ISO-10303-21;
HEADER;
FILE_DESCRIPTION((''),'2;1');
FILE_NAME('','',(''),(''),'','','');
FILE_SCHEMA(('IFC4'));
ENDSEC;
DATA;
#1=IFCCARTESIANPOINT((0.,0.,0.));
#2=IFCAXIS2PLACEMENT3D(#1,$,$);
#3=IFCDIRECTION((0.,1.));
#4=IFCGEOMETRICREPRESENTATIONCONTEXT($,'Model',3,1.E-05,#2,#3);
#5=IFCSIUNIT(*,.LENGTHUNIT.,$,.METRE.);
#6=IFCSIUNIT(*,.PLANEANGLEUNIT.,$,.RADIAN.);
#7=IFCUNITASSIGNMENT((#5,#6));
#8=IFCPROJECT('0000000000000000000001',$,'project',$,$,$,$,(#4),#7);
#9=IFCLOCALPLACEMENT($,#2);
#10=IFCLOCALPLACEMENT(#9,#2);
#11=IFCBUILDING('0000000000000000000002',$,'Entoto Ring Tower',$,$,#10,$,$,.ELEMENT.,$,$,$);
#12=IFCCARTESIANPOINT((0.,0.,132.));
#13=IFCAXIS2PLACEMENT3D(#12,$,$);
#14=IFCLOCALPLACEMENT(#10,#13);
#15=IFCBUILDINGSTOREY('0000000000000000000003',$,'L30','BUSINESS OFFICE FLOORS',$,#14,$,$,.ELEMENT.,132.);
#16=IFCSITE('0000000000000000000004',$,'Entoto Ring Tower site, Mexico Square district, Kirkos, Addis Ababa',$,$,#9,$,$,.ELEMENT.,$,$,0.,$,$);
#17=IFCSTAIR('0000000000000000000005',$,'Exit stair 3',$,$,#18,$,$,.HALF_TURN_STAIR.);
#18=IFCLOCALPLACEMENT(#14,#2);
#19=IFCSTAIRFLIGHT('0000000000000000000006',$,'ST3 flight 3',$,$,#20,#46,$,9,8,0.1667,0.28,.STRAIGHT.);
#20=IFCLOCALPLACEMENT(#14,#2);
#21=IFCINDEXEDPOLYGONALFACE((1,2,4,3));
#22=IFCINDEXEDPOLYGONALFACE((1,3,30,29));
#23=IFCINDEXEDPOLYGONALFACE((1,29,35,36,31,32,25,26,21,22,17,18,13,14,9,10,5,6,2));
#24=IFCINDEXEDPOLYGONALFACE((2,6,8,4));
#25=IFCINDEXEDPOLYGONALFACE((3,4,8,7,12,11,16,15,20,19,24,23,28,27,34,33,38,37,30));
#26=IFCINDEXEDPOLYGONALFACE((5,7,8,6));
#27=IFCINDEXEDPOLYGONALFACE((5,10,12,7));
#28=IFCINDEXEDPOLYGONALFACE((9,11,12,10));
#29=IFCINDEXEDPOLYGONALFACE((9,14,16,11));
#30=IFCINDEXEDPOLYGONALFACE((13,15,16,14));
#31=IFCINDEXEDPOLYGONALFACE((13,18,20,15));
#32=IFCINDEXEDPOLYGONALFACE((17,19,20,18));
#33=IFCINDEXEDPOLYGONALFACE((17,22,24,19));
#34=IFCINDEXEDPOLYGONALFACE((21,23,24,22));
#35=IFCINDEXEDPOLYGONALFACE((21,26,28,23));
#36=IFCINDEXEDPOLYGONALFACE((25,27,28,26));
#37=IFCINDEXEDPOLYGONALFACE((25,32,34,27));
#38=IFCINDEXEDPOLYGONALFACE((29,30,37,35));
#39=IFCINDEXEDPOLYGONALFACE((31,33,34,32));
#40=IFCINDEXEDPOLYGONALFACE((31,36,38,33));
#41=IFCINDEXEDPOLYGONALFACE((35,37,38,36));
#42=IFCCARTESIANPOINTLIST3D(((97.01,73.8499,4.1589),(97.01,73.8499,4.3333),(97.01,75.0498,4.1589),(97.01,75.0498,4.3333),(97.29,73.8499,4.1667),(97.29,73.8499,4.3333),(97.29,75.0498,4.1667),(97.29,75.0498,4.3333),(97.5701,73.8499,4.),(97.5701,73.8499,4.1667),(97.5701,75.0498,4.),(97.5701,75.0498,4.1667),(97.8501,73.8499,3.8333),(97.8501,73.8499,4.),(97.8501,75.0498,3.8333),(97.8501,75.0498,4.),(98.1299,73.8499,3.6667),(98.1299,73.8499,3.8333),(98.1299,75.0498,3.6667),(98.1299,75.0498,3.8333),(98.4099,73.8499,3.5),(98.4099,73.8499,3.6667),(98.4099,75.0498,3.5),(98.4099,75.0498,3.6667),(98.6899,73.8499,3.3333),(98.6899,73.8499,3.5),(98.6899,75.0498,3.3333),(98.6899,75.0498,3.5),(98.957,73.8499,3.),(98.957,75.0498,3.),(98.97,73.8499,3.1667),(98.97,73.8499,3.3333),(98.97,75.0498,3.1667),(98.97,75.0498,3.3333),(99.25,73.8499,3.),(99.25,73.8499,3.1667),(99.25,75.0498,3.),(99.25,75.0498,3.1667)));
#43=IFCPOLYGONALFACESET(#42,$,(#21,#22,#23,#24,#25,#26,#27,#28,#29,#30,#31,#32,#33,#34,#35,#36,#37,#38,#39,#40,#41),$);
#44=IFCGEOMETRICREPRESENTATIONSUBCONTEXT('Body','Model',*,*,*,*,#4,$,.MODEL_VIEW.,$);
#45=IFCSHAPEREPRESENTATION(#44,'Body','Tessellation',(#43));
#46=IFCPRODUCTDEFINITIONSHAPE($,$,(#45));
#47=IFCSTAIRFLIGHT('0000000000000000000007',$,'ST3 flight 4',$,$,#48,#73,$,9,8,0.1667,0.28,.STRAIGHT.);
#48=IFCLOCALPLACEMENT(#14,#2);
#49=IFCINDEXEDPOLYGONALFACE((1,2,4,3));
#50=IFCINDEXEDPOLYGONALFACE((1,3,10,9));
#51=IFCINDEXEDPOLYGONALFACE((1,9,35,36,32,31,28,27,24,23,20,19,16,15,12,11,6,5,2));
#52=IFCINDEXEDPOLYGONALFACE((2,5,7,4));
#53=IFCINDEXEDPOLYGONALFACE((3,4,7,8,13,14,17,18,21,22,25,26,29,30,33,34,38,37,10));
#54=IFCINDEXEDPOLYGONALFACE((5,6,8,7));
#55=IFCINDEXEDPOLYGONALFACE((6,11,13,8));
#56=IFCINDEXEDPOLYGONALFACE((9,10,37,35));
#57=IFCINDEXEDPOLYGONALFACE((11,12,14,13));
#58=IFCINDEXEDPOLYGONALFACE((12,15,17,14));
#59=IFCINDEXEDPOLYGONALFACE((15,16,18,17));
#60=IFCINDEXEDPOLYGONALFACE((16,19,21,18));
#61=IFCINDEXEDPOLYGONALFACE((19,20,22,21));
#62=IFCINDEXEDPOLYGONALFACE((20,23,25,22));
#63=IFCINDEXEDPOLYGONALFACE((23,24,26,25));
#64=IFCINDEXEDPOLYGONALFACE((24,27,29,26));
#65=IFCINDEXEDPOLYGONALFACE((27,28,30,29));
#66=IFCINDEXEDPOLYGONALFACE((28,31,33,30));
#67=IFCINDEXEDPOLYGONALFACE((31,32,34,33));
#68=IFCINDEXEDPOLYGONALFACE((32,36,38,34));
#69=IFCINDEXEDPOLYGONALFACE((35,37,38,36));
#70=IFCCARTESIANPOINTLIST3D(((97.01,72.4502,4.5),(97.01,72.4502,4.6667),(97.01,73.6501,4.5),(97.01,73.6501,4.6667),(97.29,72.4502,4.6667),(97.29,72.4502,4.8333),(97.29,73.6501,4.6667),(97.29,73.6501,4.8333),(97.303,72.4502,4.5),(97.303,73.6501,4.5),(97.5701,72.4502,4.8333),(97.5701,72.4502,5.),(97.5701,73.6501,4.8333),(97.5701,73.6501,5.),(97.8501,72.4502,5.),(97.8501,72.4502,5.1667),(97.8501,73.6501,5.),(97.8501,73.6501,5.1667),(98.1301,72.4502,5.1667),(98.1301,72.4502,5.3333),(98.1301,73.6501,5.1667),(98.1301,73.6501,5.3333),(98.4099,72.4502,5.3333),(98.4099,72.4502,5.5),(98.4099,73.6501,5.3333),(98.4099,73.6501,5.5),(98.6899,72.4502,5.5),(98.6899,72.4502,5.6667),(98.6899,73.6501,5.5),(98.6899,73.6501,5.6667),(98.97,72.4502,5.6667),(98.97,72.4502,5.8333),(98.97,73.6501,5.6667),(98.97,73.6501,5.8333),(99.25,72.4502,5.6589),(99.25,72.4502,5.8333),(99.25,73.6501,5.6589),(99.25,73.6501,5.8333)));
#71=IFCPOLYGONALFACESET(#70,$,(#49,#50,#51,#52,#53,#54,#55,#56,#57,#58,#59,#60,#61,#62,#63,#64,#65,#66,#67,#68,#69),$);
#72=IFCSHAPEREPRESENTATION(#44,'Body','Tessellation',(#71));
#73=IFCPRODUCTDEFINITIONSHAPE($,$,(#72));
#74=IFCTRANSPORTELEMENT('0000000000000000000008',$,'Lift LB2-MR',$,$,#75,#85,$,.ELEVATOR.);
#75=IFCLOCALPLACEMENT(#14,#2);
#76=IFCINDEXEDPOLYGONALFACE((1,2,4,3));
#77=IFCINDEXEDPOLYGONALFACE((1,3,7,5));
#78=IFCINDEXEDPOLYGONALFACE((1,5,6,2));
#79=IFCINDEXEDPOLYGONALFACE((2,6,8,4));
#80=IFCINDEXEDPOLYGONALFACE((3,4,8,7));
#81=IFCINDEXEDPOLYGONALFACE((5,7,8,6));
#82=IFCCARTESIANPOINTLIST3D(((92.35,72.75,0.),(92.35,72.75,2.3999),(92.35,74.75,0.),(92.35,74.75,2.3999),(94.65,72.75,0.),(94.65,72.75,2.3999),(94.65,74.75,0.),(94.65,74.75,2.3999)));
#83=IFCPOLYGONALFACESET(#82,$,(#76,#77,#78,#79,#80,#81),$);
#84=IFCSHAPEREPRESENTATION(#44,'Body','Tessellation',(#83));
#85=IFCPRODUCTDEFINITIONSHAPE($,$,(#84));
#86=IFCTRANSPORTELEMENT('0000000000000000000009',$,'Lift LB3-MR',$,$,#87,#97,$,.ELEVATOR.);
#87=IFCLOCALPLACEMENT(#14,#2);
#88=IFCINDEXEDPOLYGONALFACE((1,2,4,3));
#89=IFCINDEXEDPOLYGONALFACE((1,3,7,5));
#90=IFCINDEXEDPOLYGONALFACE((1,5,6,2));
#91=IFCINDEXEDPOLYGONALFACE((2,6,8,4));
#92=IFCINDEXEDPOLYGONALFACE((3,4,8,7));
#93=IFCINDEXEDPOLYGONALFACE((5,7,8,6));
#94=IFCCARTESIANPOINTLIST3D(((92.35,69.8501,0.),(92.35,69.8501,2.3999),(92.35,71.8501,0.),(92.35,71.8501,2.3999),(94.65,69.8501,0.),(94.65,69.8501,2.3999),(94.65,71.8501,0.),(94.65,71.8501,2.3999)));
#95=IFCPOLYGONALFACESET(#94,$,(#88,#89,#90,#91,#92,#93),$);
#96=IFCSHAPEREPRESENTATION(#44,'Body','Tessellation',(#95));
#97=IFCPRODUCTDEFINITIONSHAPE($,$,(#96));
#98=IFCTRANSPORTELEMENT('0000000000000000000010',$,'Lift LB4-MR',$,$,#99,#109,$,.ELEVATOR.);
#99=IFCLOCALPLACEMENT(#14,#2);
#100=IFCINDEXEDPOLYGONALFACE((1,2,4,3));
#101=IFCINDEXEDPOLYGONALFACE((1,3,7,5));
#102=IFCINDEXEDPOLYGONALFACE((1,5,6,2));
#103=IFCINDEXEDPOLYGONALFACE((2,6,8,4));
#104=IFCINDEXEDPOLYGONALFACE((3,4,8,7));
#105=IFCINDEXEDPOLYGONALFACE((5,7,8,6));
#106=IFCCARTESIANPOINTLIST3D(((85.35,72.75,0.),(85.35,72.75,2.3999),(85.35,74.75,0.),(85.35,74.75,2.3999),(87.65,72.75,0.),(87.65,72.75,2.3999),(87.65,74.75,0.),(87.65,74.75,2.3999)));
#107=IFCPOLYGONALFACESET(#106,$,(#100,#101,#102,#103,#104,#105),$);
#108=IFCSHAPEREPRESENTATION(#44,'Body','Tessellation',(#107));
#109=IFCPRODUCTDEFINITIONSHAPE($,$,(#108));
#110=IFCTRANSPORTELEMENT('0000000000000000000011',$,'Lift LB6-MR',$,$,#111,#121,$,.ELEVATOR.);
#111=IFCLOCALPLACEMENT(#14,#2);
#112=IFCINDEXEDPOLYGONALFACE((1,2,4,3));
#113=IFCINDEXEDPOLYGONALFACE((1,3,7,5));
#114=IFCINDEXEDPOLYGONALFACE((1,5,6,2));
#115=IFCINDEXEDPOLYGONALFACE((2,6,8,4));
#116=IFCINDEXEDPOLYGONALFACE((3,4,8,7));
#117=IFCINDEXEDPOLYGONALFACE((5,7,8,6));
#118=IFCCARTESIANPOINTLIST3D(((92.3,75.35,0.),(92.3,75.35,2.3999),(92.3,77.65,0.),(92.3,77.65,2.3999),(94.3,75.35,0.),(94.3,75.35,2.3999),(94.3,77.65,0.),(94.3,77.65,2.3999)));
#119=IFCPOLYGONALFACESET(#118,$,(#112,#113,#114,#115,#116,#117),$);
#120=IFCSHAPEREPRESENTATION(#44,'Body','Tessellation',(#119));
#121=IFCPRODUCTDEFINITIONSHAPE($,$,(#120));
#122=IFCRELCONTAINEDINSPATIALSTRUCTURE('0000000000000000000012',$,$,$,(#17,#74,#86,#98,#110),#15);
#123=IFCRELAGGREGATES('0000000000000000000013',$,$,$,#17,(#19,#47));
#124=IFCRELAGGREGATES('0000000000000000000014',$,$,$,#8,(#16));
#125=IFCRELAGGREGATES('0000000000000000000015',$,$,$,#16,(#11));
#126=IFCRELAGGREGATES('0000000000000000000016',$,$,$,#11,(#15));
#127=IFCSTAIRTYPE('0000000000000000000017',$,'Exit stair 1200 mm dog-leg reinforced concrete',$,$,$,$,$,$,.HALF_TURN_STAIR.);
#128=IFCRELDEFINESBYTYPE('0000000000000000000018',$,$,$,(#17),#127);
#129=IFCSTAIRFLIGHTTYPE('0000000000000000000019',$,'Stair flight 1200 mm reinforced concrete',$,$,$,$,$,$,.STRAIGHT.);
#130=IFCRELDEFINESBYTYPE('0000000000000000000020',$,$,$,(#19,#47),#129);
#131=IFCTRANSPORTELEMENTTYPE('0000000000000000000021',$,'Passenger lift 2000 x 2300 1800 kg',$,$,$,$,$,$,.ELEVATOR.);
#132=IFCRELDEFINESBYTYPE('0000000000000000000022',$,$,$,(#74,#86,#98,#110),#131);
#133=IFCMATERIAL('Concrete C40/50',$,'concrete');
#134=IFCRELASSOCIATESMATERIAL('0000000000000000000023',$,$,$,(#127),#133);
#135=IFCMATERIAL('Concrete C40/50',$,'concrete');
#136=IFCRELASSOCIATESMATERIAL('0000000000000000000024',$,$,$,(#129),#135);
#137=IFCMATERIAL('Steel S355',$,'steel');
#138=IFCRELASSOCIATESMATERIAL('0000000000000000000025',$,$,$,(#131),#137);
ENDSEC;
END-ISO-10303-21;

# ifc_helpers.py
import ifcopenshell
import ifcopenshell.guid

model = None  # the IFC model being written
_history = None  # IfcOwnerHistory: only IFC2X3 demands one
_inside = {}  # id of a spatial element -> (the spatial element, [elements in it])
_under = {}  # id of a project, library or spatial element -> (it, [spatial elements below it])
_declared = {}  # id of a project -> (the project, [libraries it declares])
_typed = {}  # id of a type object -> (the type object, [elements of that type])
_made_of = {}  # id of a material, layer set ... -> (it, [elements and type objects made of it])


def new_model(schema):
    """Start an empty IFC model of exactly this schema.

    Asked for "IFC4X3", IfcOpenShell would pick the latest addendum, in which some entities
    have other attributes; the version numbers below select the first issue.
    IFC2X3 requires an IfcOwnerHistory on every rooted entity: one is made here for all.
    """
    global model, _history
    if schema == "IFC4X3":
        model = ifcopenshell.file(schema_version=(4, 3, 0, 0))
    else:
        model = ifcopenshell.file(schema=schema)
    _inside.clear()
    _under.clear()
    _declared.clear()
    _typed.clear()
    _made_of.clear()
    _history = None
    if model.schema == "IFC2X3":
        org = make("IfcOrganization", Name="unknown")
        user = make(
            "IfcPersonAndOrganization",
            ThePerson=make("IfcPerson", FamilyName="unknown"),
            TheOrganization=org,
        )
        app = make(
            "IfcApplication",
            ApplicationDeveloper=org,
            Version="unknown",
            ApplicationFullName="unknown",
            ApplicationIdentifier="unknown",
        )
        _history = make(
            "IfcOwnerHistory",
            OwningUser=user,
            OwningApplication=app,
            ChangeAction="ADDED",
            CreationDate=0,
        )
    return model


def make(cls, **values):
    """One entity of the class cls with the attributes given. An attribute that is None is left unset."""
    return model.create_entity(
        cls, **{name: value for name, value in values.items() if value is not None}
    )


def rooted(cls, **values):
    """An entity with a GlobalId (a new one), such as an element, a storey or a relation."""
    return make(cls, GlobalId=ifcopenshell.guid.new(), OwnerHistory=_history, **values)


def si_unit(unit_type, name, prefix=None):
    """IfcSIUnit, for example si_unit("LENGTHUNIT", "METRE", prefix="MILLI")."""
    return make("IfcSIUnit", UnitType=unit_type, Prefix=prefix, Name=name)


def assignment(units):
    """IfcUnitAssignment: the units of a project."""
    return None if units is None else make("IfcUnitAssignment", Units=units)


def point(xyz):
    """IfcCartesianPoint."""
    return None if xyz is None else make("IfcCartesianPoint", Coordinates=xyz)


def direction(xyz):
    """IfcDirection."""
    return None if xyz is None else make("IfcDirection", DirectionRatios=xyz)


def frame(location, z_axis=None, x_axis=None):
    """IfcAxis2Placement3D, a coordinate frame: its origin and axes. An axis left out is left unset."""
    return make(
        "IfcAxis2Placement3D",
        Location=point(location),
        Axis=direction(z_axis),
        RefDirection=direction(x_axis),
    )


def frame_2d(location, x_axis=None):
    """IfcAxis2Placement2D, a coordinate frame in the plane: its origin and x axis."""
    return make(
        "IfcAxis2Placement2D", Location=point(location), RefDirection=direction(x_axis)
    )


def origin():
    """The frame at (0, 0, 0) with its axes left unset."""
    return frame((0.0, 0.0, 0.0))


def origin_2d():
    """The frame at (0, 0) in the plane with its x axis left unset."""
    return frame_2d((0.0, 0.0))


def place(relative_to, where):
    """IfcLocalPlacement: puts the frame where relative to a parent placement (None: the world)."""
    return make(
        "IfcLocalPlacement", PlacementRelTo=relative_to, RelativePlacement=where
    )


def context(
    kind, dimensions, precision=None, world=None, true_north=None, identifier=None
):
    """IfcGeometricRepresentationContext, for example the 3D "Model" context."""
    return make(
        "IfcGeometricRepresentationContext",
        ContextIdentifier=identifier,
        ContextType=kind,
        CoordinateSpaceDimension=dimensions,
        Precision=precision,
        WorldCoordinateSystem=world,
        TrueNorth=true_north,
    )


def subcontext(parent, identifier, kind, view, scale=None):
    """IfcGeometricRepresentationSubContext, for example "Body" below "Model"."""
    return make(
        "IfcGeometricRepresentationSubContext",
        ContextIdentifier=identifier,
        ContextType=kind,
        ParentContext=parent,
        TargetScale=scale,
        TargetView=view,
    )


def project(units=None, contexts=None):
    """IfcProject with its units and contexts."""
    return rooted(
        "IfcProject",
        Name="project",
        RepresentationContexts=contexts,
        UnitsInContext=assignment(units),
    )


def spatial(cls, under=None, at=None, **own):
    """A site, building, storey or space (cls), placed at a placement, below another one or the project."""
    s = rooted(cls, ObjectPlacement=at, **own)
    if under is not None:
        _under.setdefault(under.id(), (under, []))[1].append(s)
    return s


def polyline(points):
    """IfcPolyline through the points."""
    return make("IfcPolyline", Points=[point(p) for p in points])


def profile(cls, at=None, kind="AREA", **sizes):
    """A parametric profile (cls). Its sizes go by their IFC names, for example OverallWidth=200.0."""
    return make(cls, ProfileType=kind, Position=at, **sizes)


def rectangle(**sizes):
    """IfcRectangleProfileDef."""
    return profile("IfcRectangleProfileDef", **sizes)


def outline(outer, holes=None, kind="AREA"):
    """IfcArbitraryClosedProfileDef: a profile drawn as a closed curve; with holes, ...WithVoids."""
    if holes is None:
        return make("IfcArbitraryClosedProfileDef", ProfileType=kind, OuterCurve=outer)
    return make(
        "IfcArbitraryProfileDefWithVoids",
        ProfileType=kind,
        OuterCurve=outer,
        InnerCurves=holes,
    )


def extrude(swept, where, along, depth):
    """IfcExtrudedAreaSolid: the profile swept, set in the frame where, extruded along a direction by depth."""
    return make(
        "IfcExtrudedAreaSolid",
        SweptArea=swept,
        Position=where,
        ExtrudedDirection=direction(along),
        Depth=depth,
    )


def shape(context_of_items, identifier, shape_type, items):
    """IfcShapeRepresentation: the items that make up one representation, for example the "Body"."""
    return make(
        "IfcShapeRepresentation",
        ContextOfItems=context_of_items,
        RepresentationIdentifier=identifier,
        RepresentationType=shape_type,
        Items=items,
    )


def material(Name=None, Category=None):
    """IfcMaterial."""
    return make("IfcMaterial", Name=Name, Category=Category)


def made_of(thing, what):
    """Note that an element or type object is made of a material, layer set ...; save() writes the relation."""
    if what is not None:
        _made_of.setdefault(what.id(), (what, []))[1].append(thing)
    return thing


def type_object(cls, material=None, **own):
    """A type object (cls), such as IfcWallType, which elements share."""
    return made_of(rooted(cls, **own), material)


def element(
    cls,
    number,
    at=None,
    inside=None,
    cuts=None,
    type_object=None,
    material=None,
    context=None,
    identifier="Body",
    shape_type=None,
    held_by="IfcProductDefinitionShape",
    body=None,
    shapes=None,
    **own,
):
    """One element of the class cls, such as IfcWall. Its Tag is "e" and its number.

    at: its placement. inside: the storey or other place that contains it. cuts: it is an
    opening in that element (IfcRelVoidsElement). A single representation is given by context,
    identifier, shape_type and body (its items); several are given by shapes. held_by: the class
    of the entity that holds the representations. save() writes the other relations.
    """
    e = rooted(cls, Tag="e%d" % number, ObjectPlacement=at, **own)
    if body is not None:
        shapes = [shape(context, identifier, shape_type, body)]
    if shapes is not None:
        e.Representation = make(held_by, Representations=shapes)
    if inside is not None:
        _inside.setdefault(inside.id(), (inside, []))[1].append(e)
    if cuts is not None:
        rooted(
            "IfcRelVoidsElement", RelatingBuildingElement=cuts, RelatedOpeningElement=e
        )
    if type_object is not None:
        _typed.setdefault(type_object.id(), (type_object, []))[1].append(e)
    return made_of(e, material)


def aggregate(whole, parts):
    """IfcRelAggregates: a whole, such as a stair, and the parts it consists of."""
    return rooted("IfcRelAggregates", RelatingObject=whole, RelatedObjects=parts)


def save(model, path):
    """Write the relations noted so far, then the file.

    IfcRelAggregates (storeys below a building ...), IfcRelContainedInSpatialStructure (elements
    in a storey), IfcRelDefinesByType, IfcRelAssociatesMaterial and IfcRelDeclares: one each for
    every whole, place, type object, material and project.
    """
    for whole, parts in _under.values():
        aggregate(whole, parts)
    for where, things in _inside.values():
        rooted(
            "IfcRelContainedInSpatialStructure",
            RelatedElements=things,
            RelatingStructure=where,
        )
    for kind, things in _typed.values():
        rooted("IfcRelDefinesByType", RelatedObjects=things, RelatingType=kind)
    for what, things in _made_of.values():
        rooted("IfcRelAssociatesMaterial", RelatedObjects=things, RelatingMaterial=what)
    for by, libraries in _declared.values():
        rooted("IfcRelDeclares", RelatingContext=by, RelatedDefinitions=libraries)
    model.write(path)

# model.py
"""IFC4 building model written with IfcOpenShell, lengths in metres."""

from ifc_helpers import new_model, si_unit, direction, frame, origin, origin_2d, place, context, subcontext, project, spatial, polyline, rectangle, outline, extrude, material, type_object, element, aggregate, save


model = new_model("IFC4")

# Units and contexts
model_context = context("Model", 3, precision=1e-05, world=origin(), true_north=direction((0.0, 1.0)))
body_context = subcontext(model_context, "Body", "Model", "MODEL_VIEW")
ifc_project = project(units=[si_unit("LENGTHUNIT", "METRE"), si_unit("PLANEANGLEUNIT", "RADIAN")], contexts=[model_context])

# Site, building, storey
site_placement = place(None, origin())
site = spatial("IfcSite", under=ifc_project, at=site_placement, Name="Entoto Ring Tower site, Mexico Square district, Kirkos, Addis Ababa", CompositionType="ELEMENT", RefElevation=0.0)
building_placement = place(site_placement, origin())
building = spatial("IfcBuilding", under=site, at=building_placement, Name="Entoto Ring Tower", CompositionType="ELEMENT")
storey_placement = place(building_placement, frame((0.0, 0.0, 132.0)))
storey = spatial("IfcBuildingStorey", under=building, at=storey_placement, Name="L30", Description="BUSINESS OFFICE FLOORS", CompositionType="ELEMENT", Elevation=132.0)

# Stair, stair flights
ifc_material_1 = material(Name="Concrete C40/50", Category="concrete")
stair_type = type_object("IfcStairType", Name="Exit stair 1200 mm dog-leg reinforced concrete", PredefinedType="HALF_TURN_STAIR", material=ifc_material_1)
stair_placement = place(storey_placement, origin())
stair = element("IfcStair", 1, at=stair_placement, inside=storey, type_object=stair_type, Name="Exit stair 3", PredefinedType="HALF_TURN_STAIR")
ifc_material_2 = material(Name="Concrete C40/50", Category="concrete")
stair_flight_type = type_object("IfcStairFlightType", Name="Stair flight 1200 mm reinforced concrete", PredefinedType="STRAIGHT", material=ifc_material_2)
stair_flight_1_placement = place(storey_placement, frame((99.25, 74.45, 3.0), z_axis=(0.0, 0.0, 1.0), x_axis=(-1.0, 0.0, 0.0)))
stair_flight_1 = element("IfcStairFlight", 2, at=stair_flight_1_placement, type_object=stair_flight_type, Name="ST3 flight 3", NumberOfRisers=9, NumberOfTreads=8, PredefinedType="STRAIGHT", RiserHeight=0.1667, TreadLength=0.28, context=body_context, shape_type="SweptSolid", body=[
    extrude(outline(polyline([(0.0, 0.0), (0.0, 0.1667), (0.28, 0.1667), (0.28, 0.3333), (0.5601, 0.3333), (0.5601, 0.5), (0.8401, 0.5), (0.8401, 0.6667), (1.1201, 0.6667), (1.1201, 0.8333), (1.3999, 0.8333), (1.3999, 1.0), (1.6799, 1.0), (1.6799, 1.1667), (1.96, 1.1667), (1.96, 1.3333), (2.24, 1.3333), (2.24, 1.5), (2.24, 1.1589), (0.293, 0.0), (0.0, 0.0)])), frame((0.0, 0.6001, 0.0), z_axis=(0.0, -1.0, 0.0), x_axis=(1.0, 0.0, 0.0)), (0.0, 0.0, 1.0), 1.2),
])
stair_flight_2_placement = place(storey_placement, frame((97.01, 73.05, 4.5), z_axis=(0.0, 0.0, 1.0), x_axis=(1.0, 0.0, 0.0)))
stair_flight_2 = element("IfcStairFlight", 3, at=stair_flight_2_placement, type_object=stair_flight_type, Name="ST3 flight 4", NumberOfRisers=9, NumberOfTreads=8, PredefinedType="STRAIGHT", RiserHeight=0.1667, TreadLength=0.28, context=body_context, shape_type="SweptSolid", body=[
    extrude(outline(polyline([(0.0, 0.0), (0.0, 0.1667), (0.28, 0.1667), (0.28, 0.3333), (0.5601, 0.3333), (0.5601, 0.5), (0.8401, 0.5), (0.8401, 0.6667), (1.1201, 0.6667), (1.1201, 0.8333), (1.3999, 0.8333), (1.3999, 1.0), (1.6799, 1.0), (1.6799, 1.1667), (1.96, 1.1667), (1.96, 1.3333), (2.24, 1.3333), (2.24, 1.5), (2.24, 1.1589), (0.293, 0.0), (0.0, 0.0)])), frame((0.0, 0.6001, 0.0), z_axis=(0.0, -1.0, 0.0), x_axis=(1.0, 0.0, 0.0)), (0.0, 0.0, 1.0), 1.2),
])
aggregate(stair, [stair_flight_1, stair_flight_2])

# Transport elements
ifc_material_3 = material(Name="Steel S355", Category="steel")
transport_element_type = type_object("IfcTransportElementType", Name="Passenger lift 2000 x 2300 1800 kg", PredefinedType="ELEVATOR", material=ifc_material_3)
for number, where, z_axis, x_axis, name in (
    (4, (93.5, 73.75, 0.0), (0.0, 0.0, 1.0), (1.0, 0.0, 0.0), "Lift LB2-MR"),
    (5, (93.5, 70.8501, 0.0), (0.0, 0.0, 1.0), (1.0, 0.0, 0.0), "Lift LB3-MR"),
    (6, (86.5, 73.75, 0.0), (0.0, 0.0, 1.0), (1.0, 0.0, 0.0), "Lift LB4-MR"),
):
    element("IfcTransportElement", number, at=place(storey_placement, frame(where, z_axis=z_axis, x_axis=x_axis)), inside=storey, type_object=transport_element_type, Name=name, PredefinedType="ELEVATOR", context=body_context, shape_type="SweptSolid", body=[
        extrude(rectangle(XDim=2.3, YDim=2.0, at=origin_2d()), origin(), (0.0, 0.0, 1.0), 2.3999),
    ])
transport_element_placement = place(storey_placement, frame((93.3, 76.5, 0.0), z_axis=(0.0, 0.0, 1.0), x_axis=(1.0, 0.0, 0.0)))
element("IfcTransportElement", 7, at=transport_element_placement, inside=storey, type_object=transport_element_type, Name="Lift LB6-MR", PredefinedType="ELEVATOR", context=body_context, shape_type="SweptSolid", body=[
    extrude(rectangle(XDim=2.0, YDim=2.3, at=origin_2d()), origin(), (0.0, 0.0, 1.0), 2.3999),
])

save(model, "model.ifc")
